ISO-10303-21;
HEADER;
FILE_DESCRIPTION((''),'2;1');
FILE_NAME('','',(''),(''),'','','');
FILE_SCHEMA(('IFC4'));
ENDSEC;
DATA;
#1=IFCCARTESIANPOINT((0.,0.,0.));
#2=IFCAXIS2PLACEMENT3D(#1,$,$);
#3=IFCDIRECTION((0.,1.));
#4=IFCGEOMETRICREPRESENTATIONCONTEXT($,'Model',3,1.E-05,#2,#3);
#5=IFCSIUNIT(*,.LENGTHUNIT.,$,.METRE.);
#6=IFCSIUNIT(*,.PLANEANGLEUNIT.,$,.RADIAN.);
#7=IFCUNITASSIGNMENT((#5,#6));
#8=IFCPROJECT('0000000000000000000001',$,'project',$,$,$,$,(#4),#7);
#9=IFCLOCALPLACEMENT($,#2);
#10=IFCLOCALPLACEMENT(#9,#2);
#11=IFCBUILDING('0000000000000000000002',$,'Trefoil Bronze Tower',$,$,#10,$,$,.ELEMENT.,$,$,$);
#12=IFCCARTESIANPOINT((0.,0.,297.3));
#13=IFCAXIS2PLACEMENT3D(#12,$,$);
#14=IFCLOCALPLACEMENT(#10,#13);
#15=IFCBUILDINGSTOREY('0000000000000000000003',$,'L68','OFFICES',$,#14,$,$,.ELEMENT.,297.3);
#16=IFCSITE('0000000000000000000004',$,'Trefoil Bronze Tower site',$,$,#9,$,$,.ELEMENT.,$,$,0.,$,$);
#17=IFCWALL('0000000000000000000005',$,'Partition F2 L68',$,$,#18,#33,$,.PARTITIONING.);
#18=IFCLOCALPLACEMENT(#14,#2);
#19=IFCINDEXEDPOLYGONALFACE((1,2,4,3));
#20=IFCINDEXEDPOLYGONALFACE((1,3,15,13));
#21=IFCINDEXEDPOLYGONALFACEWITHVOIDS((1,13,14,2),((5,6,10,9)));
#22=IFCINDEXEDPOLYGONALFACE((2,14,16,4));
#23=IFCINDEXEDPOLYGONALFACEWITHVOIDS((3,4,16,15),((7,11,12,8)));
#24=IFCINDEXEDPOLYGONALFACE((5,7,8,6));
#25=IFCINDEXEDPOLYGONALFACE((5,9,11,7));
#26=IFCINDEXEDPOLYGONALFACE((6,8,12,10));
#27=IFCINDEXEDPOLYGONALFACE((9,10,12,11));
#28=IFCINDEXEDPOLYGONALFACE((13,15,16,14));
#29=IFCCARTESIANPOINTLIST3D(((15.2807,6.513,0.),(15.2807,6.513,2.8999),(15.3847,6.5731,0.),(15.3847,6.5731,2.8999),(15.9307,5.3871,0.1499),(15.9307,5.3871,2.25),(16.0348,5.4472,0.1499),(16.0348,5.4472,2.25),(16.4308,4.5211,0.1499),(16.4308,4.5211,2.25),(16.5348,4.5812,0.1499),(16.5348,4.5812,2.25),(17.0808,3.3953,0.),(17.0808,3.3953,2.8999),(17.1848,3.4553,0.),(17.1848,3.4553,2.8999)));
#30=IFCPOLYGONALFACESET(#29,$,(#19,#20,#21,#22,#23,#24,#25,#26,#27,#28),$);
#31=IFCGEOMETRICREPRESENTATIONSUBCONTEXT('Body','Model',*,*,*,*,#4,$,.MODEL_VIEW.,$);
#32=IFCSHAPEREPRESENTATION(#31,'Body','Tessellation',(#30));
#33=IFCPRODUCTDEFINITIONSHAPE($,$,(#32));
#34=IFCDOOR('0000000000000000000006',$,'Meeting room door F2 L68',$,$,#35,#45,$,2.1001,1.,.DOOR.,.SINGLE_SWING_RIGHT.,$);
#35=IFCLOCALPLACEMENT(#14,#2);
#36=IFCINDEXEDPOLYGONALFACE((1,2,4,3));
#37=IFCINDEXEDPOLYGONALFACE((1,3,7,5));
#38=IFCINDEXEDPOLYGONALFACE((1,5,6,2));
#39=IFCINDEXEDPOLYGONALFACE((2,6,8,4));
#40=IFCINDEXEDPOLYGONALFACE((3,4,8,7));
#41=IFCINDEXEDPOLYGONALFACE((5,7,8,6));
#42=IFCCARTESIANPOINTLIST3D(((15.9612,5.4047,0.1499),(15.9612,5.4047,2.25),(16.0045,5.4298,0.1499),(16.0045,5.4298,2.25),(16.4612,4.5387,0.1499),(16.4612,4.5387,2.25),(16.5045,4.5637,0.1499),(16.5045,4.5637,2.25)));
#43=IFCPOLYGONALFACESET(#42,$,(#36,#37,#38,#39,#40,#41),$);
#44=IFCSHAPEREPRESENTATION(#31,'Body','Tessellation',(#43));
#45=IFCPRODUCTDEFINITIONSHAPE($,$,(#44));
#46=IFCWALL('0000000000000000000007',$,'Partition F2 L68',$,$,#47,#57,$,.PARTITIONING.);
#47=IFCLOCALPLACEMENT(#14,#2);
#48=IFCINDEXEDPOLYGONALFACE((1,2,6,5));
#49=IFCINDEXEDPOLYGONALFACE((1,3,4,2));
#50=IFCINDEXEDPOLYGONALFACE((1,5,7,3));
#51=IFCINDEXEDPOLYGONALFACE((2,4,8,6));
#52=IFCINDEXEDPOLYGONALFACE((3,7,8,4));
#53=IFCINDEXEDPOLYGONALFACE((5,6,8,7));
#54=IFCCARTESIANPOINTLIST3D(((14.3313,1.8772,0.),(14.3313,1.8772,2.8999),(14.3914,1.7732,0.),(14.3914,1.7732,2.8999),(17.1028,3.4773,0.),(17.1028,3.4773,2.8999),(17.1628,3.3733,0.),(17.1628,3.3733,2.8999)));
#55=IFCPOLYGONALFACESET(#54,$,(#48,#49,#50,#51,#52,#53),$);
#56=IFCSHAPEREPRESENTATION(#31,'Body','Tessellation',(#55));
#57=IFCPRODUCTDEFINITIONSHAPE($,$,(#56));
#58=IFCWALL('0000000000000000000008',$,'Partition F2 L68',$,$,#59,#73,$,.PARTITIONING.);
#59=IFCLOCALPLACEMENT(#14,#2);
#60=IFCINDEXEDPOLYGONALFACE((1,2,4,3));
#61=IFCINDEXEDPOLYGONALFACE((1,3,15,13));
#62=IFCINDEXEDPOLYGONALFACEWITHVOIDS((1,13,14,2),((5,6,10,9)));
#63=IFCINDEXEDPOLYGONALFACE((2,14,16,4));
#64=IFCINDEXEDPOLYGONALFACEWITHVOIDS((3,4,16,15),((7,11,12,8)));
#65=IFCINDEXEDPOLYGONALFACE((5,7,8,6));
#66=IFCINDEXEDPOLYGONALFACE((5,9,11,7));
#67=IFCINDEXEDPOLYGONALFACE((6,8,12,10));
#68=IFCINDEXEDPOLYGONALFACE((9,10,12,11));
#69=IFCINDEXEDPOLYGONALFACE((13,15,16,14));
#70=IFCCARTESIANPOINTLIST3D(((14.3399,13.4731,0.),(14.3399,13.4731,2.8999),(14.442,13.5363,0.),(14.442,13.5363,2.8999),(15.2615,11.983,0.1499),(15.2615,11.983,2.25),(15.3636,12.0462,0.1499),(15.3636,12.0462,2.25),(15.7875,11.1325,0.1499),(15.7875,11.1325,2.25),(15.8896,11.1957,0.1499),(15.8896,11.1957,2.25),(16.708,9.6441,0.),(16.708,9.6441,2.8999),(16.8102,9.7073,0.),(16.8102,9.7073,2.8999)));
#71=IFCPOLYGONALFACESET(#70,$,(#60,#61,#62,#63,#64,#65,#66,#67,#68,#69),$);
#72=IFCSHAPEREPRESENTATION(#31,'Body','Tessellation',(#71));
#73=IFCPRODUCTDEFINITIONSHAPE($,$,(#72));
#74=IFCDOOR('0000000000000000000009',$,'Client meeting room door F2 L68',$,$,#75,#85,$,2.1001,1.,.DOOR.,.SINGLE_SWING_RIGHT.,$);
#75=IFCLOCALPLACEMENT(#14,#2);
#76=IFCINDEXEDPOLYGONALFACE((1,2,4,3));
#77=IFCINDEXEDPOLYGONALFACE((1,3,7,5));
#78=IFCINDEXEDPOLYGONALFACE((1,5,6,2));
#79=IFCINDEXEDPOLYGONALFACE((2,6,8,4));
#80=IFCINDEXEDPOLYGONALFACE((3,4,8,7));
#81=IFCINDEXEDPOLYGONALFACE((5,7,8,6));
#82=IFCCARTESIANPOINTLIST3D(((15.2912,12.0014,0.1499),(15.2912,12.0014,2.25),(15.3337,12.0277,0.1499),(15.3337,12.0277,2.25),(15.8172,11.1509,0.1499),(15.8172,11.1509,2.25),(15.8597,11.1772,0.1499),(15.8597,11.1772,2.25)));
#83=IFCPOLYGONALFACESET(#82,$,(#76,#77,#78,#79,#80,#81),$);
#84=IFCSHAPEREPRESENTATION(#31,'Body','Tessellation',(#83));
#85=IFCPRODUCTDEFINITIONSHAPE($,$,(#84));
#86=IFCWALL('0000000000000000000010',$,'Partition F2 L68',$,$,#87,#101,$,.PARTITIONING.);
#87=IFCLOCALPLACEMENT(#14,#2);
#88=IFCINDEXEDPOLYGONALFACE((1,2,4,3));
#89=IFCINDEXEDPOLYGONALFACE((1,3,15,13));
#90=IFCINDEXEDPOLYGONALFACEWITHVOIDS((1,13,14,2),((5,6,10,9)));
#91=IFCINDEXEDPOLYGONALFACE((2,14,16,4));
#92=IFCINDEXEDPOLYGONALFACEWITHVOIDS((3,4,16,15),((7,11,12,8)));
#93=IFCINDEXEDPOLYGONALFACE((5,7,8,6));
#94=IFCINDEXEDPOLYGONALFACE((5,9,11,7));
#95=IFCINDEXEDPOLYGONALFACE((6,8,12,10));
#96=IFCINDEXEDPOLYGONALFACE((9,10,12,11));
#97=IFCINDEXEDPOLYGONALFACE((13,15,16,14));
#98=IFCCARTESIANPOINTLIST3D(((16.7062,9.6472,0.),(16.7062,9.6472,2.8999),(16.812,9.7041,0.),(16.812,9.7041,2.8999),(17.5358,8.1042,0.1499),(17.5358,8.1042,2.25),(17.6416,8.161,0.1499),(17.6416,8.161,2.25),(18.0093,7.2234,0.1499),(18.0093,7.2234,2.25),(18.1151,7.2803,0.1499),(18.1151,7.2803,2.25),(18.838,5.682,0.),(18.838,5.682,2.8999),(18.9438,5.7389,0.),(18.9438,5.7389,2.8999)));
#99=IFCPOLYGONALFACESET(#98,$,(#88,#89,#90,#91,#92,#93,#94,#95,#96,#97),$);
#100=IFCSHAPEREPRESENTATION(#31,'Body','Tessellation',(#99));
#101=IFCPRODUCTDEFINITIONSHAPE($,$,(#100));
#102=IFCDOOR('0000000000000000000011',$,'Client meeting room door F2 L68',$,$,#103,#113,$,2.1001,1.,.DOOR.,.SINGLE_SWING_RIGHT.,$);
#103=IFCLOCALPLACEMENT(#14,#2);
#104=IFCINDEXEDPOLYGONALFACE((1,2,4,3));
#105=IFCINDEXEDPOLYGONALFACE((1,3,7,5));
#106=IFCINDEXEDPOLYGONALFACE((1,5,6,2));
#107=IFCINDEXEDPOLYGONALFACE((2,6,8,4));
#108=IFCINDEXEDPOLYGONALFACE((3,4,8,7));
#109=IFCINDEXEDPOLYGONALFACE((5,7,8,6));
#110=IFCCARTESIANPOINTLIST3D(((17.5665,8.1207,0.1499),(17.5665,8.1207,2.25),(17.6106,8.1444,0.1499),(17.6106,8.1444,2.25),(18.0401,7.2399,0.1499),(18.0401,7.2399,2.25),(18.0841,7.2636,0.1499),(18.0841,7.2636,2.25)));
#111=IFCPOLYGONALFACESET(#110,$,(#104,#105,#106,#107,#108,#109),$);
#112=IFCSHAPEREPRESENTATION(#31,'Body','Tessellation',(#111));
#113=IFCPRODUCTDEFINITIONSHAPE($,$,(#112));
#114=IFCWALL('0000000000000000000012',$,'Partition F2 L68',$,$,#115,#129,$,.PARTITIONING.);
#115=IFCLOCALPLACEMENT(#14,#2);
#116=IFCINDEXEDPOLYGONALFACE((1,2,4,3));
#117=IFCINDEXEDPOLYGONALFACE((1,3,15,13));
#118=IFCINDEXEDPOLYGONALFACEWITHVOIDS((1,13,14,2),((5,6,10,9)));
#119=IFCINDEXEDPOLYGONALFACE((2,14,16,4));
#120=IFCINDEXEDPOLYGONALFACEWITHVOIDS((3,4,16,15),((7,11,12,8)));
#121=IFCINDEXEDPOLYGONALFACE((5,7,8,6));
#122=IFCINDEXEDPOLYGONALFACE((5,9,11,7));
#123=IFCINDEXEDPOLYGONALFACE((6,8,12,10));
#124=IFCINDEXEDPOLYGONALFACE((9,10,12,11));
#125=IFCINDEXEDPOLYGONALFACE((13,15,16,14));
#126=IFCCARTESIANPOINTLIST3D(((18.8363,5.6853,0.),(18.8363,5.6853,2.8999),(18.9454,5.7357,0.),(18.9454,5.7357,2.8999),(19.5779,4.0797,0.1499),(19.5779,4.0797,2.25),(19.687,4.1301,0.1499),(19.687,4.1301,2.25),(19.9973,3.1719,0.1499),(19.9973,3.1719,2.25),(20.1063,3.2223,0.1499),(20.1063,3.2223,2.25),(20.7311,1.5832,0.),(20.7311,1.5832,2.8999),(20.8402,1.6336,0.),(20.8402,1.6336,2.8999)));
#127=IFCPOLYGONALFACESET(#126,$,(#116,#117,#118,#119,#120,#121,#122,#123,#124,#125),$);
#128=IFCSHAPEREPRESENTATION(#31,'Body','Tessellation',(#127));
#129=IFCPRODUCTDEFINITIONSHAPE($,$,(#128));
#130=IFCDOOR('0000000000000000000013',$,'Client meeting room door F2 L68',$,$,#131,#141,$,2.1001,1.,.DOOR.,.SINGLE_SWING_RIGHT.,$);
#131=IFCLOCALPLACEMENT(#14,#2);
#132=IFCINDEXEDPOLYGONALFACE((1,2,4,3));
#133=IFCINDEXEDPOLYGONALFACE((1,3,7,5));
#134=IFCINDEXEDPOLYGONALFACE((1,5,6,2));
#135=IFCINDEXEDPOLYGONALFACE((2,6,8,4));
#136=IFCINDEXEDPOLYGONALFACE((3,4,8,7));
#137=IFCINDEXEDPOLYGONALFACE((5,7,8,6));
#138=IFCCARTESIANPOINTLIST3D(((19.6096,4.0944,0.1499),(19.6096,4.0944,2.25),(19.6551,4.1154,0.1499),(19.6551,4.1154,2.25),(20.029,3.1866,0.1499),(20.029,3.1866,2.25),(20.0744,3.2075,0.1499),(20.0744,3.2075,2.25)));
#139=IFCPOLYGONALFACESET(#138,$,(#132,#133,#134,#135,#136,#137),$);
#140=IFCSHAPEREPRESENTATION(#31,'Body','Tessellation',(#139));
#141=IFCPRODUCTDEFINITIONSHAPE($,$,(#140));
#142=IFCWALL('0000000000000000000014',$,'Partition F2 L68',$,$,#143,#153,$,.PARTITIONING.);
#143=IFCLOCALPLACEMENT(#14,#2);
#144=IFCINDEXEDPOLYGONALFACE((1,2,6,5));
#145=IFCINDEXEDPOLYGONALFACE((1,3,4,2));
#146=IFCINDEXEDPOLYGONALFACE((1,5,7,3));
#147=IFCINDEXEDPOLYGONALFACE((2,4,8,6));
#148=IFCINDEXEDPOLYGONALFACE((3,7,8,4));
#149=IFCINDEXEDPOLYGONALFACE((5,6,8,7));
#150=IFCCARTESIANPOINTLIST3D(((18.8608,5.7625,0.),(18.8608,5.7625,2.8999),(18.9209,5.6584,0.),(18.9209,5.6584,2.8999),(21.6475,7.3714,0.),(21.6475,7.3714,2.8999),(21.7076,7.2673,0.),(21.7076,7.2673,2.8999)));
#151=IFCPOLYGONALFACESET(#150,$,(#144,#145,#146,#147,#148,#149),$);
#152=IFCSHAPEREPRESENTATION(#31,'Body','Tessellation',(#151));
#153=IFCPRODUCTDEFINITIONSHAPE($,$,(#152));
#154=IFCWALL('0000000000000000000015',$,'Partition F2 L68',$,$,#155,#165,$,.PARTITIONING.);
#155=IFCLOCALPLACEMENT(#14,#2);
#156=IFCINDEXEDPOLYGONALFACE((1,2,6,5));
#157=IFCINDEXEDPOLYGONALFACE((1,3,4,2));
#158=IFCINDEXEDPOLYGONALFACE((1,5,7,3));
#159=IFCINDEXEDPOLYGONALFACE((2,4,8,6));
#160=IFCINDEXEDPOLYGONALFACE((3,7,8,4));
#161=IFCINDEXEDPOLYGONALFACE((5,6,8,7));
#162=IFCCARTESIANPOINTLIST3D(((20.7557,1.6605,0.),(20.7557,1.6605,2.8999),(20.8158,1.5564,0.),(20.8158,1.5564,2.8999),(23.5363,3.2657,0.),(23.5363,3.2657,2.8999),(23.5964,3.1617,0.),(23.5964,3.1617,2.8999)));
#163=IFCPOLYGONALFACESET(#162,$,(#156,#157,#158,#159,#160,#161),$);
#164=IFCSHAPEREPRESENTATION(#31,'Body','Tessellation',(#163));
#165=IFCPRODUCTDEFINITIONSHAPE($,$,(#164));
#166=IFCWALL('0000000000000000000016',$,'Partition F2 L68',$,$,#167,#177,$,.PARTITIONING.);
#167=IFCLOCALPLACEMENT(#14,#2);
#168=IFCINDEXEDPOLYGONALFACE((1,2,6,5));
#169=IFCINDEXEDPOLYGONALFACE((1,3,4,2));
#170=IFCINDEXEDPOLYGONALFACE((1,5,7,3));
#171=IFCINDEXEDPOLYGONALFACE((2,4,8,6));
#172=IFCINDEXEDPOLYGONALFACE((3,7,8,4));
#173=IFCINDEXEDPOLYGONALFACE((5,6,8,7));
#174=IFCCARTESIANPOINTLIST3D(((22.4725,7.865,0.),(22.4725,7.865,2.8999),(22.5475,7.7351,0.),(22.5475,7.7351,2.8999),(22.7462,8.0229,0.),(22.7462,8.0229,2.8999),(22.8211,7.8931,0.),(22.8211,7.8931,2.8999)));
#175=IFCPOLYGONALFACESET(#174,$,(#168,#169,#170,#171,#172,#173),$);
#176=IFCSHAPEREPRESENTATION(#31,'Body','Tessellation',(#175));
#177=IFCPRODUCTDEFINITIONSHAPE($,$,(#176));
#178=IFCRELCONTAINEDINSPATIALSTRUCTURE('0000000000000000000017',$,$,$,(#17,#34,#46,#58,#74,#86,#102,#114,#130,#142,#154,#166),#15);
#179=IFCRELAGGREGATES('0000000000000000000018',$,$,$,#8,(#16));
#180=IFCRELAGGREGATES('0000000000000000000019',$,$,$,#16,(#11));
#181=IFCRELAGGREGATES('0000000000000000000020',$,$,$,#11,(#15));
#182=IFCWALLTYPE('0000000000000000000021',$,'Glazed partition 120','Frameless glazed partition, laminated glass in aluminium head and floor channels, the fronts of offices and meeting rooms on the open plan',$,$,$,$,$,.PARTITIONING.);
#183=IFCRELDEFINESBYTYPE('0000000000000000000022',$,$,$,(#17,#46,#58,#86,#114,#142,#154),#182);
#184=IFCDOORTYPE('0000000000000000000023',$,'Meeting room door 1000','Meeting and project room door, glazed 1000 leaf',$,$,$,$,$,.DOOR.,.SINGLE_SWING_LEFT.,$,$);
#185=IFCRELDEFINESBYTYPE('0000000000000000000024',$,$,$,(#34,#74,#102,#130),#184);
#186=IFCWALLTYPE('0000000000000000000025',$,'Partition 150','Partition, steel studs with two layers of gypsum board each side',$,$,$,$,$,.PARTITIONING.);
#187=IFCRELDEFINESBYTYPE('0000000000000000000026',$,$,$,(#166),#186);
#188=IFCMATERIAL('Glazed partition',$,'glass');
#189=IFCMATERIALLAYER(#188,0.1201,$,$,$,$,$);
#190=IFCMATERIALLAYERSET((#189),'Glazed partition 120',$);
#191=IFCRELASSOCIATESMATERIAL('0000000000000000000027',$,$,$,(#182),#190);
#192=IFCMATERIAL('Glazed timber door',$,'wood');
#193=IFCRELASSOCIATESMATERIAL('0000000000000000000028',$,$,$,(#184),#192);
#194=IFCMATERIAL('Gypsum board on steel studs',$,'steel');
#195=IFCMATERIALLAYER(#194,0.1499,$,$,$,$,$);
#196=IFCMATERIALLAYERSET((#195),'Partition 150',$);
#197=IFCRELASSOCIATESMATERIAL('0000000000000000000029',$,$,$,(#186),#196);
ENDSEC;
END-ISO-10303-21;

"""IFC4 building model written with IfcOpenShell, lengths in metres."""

from ifc_helpers import new_model, si_unit, direction, frame, frame_2d, origin, place, context, subcontext, project, spatial, rectangle, extrude, material, layer, layer_set, type_object, element, fill, save


model = new_model("IFC4")

# Units and contexts
model_context = context("Model", 3, precision=1e-05, world=origin(), true_north=direction((0.0, 1.0)))
body_context = subcontext(model_context, "Body", "Model", "MODEL_VIEW")
ifc_project = project(units=[si_unit("LENGTHUNIT", "METRE"), si_unit("PLANEANGLEUNIT", "RADIAN")], contexts=[model_context])

# Site, building, storey
site_placement = place(None, origin())
site = spatial("IfcSite", under=ifc_project, at=site_placement, Name="Trefoil Bronze Tower site", CompositionType="ELEMENT", RefElevation=0.0)
building_placement = place(site_placement, origin())
building = spatial("IfcBuilding", under=site, at=building_placement, Name="Trefoil Bronze Tower", CompositionType="ELEMENT")
storey_placement = place(building_placement, frame((0.0, 0.0, 297.3)))
storey = spatial("IfcBuildingStorey", under=building, at=storey_placement, Name="L68", Description="OFFICES", CompositionType="ELEMENT", Elevation=297.3)

# Wall, opening, door
ifc_material_1 = material(Name="Glazed partition", Category="glass")
ifc_layer_1 = layer(ifc_material_1, 0.1201)
ifc_layer_set_1 = layer_set([ifc_layer_1], Name="Glazed partition 120")
wall_type_1 = type_object("IfcWallType", Name="Glazed partition 120", Description="Frameless glazed partition, laminated glass in aluminium head and floor channels, the fronts of offices and meeting rooms on the open plan", PredefinedType="PARTITIONING", material=ifc_layer_set_1)
wall_1_placement = place(storey_placement, frame((17.1328, 3.4253, 0.0), z_axis=(0.0, 0.0, 1.0), x_axis=(-0.500012, 0.866018, 0.0)))
wall_1 = element("IfcWall", 1, at=wall_1_placement, inside=storey, type_object=wall_type_1, Name="Partition F2 L68", PredefinedType="PARTITIONING", context=body_context, shape_type="SweptSolid", body=[
    extrude(rectangle(XDim=3.6001, YDim=0.1201, at=frame_2d((1.8, 0.0))), origin(), (0.0, 0.0, 1.0), 2.8999),
])
opening_1_placement = place(wall_1_placement, frame((1.3, 0.0, 0.1499)))
opening_1 = element("IfcOpeningElement", 2, at=opening_1_placement, cuts=wall_1, PredefinedType="OPENING", context=body_context, shape_type="SweptSolid", body=[
    extrude(rectangle(XDim=1.0, YDim=2.1001, at=frame_2d((0.5, 1.05))), frame((0.0, 0.0701, 0.0), z_axis=(0.0, -1.0, 0.0), x_axis=(1.0, 0.0, 0.0)), (0.0, 0.0, 1.0), 0.1401),
])
ifc_material_2 = material(Name="Glazed timber door", Category="wood")
door_type = type_object("IfcDoorType", Name="Meeting room door 1000", Description="Meeting and project room door, glazed 1000 leaf", OperationType="SINGLE_SWING_LEFT", PredefinedType="DOOR", material=ifc_material_2)
door_1_placement = place(opening_1_placement, origin())
door_1 = element("IfcDoor", 3, at=door_1_placement, inside=storey, type_object=door_type, Name="Meeting room door F2 L68", OperationType="SINGLE_SWING_RIGHT", OverallHeight=2.1001, OverallWidth=1.0, PredefinedType="DOOR", context=body_context, shape_type="SweptSolid", body=[
    extrude(rectangle(XDim=1.0, YDim=2.1001, at=frame_2d((0.5, 1.05))), frame((0.0, 0.0249, 0.0), z_axis=(0.0, -1.0, 0.0), x_axis=(1.0, 0.0, 0.0)), (0.0, 0.0, 1.0), 0.05),
])
fill(opening_1, door_1)

# Wall
wall_2_placement = place(storey_placement, frame((14.3613, 1.8252, 0.0), z_axis=(0.0, 0.0, 1.0), x_axis=(0.866028, 0.499995, 0.0)))
element("IfcWall", 4, at=wall_2_placement, inside=storey, type_object=wall_type_1, Name="Partition F2 L68", PredefinedType="PARTITIONING", context=body_context, shape_type="SweptSolid", body=[
    extrude(rectangle(XDim=3.2002, YDim=0.1201, at=frame_2d((1.6001, 0.0))), origin(), (0.0, 0.0, 1.0), 2.8999),
])

# Walls, openings, doors
wall_3_placement = place(storey_placement, frame((16.759, 9.6758, 0.0), z_axis=(0.0, 0.0, 1.0), x_axis=(-0.525996, 0.850487, 0.0)))
wall_3 = element("IfcWall", 5, at=wall_3_placement, inside=storey, type_object=wall_type_1, Name="Partition F2 L68", PredefinedType="PARTITIONING", context=body_context, shape_type="SweptSolid", body=[
    extrude(rectangle(XDim=4.5022, YDim=0.1201, at=frame_2d((2.251, 0.0))), origin(), (0.0, 0.0, 1.0), 2.8999),
])
opening_2_placement = place(wall_3_placement, frame((1.75, 0.0, 0.1499)))
opening_2 = element("IfcOpeningElement", 6, at=opening_2_placement, cuts=wall_3, PredefinedType="OPENING", context=body_context, shape_type="SweptSolid", body=[
    extrude(rectangle(XDim=1.0, YDim=2.1001, at=frame_2d((0.5, 1.05))), frame((0.0, 0.0701, 0.0), z_axis=(0.0, -1.0, 0.0), x_axis=(1.0, 0.0, 0.0)), (0.0, 0.0, 1.0), 0.1401),
])
door_2_placement = place(opening_2_placement, frame((1.0, 0.0, 0.0), z_axis=(0.0, 0.0, 1.0), x_axis=(-1.0, 0.0, 0.0)))
door_2 = element("IfcDoor", 7, at=door_2_placement, inside=storey, type_object=door_type, Name="Client meeting room door F2 L68", OperationType="SINGLE_SWING_RIGHT", OverallHeight=2.1001, OverallWidth=1.0, PredefinedType="DOOR", context=body_context, shape_type="SweptSolid", body=[
    extrude(rectangle(XDim=1.0, YDim=2.1001, at=frame_2d((0.5, 1.05))), frame((0.0, 0.0249, 0.0), z_axis=(0.0, -1.0, 0.0), x_axis=(1.0, 0.0, 0.0)), (0.0, 0.0, 1.0), 0.05),
])
fill(opening_2, door_2)
wall_4_placement = place(storey_placement, frame((18.8909, 5.7104, 0.0), z_axis=(0.0, 0.0, 1.0), x_axis=(-0.473524, 0.880781, 0.0)))
wall_4 = element("IfcWall", 8, at=wall_4_placement, inside=storey, type_object=wall_type_1, Name="Partition F2 L68", PredefinedType="PARTITIONING", context=body_context, shape_type="SweptSolid", body=[
    extrude(rectangle(XDim=4.502, YDim=0.1201, at=frame_2d((2.251, 0.0))), origin(), (0.0, 0.0, 1.0), 2.8999),
])
opening_3_placement = place(wall_4_placement, frame((1.75, 0.0, 0.1499)))
opening_3 = element("IfcOpeningElement", 9, at=opening_3_placement, cuts=wall_4, PredefinedType="OPENING", context=body_context, shape_type="SweptSolid", body=[
    extrude(rectangle(XDim=1.0, YDim=2.1001, at=frame_2d((0.5, 1.05))), frame((0.0, 0.0701, 0.0), z_axis=(0.0, -1.0, 0.0), x_axis=(1.0, 0.0, 0.0)), (0.0, 0.0, 1.0), 0.1401),
])
door_3_placement = place(opening_3_placement, frame((1.0, 0.0, 0.0), z_axis=(0.0, 0.0, 1.0), x_axis=(-1.0, 0.0, 0.0)))
door_3 = element("IfcDoor", 10, at=door_3_placement, inside=storey, type_object=door_type, Name="Client meeting room door F2 L68", OperationType="SINGLE_SWING_RIGHT", OverallHeight=2.1001, OverallWidth=1.0, PredefinedType="DOOR", context=body_context, shape_type="SweptSolid", body=[
    extrude(rectangle(XDim=1.0, YDim=2.1001, at=frame_2d((0.5, 1.05))), frame((0.0, 0.0249, 0.0), z_axis=(0.0, -1.0, 0.0), x_axis=(1.0, 0.0, 0.0)), (0.0, 0.0, 1.0), 0.05),
])
fill(opening_3, door_3)
wall_5_placement = place(storey_placement, frame((20.7856, 1.6084, 0.0), z_axis=(0.0, 0.0, 1.0), x_axis=(-0.419336, 0.907831, 0.0)))
wall_5 = element("IfcWall", 11, at=wall_5_placement, inside=storey, type_object=wall_type_1, Name="Partition F2 L68", PredefinedType="PARTITIONING", context=body_context, shape_type="SweptSolid", body=[
    extrude(rectangle(XDim=4.5186, YDim=0.1201, at=frame_2d((2.2593, 0.0))), origin(), (0.0, 0.0, 1.0), 2.8999),
])
opening_4_placement = place(wall_5_placement, frame((1.75, 0.0, 0.1499)))
opening_4 = element("IfcOpeningElement", 12, at=opening_4_placement, cuts=wall_5, PredefinedType="OPENING", context=body_context, shape_type="SweptSolid", body=[
    extrude(rectangle(XDim=1.0, YDim=2.1001, at=frame_2d((0.5, 1.05))), frame((0.0, 0.0701, 0.0), z_axis=(0.0, -1.0, 0.0), x_axis=(1.0, 0.0, 0.0)), (0.0, 0.0, 1.0), 0.1401),
])
door_4_placement = place(opening_4_placement, frame((1.0, 0.0, 0.0), z_axis=(0.0, 0.0, 1.0), x_axis=(-1.0, 0.0, 0.0)))
door_4 = element("IfcDoor", 13, at=door_4_placement, inside=storey, type_object=door_type, Name="Client meeting room door F2 L68", OperationType="SINGLE_SWING_RIGHT", OverallHeight=2.1001, OverallWidth=1.0, PredefinedType="DOOR", context=body_context, shape_type="SweptSolid", body=[
    extrude(rectangle(XDim=1.0, YDim=2.1001, at=frame_2d((0.5, 1.05))), frame((0.0, 0.0249, 0.0), z_axis=(0.0, -1.0, 0.0), x_axis=(1.0, 0.0, 0.0)), (0.0, 0.0, 1.0), 0.05),
])
fill(opening_4, door_4)

# Walls
wall_6_placement = place(storey_placement, frame((18.8909, 5.7104, 0.0), z_axis=(0.0, 0.0, 1.0), x_axis=(0.866021, 0.500007, 0.0)))
element("IfcWall", 14, at=wall_6_placement, inside=storey, type_object=wall_type_1, Name="Partition F2 L68", PredefinedType="PARTITIONING", context=body_context, shape_type="SweptSolid", body=[
    extrude(rectangle(XDim=3.2178, YDim=0.1201, at=frame_2d((1.6089, 0.0))), origin(), (0.0, 0.0, 1.0), 2.8999),
])
wall_7_placement = place(storey_placement, frame((20.7856, 1.6084, 0.0), z_axis=(0.0, 0.0, 1.0), x_axis=(0.86604, 0.499975, 0.0)))
element("IfcWall", 15, at=wall_7_placement, inside=storey, type_object=wall_type_1, Name="Partition F2 L68", PredefinedType="PARTITIONING", context=body_context, shape_type="SweptSolid", body=[
    extrude(rectangle(XDim=3.2107, YDim=0.1201, at=frame_2d((1.6055, 0.0))), origin(), (0.0, 0.0, 1.0), 2.8999),
])
ifc_material_3 = material(Name="Gypsum board on steel studs", Category="steel")
ifc_layer_2 = layer(ifc_material_3, 0.1499)
ifc_layer_set_2 = layer_set([ifc_layer_2], Name="Partition 150")
wall_type_2 = type_object("IfcWallType", Name="Partition 150", Description="Partition, steel studs with two layers of gypsum board each side", PredefinedType="PARTITIONING", material=ifc_layer_set_2)
wall_8_placement = place(storey_placement, frame((22.51, 7.8, 0.0), z_axis=(0.0, 0.0, 1.0), x_axis=(0.866096, 0.499879, 0.0)))
element("IfcWall", 16, at=wall_8_placement, inside=storey, type_object=wall_type_2, Name="Partition F2 L68", PredefinedType="PARTITIONING", context=body_context, shape_type="SweptSolid", body=[
    extrude(rectangle(XDim=0.3159, YDim=0.1499, at=frame_2d((0.158, 0.0))), origin(), (0.0, 0.0, 1.0), 2.8999),
])

save(model, "model.ifc")
